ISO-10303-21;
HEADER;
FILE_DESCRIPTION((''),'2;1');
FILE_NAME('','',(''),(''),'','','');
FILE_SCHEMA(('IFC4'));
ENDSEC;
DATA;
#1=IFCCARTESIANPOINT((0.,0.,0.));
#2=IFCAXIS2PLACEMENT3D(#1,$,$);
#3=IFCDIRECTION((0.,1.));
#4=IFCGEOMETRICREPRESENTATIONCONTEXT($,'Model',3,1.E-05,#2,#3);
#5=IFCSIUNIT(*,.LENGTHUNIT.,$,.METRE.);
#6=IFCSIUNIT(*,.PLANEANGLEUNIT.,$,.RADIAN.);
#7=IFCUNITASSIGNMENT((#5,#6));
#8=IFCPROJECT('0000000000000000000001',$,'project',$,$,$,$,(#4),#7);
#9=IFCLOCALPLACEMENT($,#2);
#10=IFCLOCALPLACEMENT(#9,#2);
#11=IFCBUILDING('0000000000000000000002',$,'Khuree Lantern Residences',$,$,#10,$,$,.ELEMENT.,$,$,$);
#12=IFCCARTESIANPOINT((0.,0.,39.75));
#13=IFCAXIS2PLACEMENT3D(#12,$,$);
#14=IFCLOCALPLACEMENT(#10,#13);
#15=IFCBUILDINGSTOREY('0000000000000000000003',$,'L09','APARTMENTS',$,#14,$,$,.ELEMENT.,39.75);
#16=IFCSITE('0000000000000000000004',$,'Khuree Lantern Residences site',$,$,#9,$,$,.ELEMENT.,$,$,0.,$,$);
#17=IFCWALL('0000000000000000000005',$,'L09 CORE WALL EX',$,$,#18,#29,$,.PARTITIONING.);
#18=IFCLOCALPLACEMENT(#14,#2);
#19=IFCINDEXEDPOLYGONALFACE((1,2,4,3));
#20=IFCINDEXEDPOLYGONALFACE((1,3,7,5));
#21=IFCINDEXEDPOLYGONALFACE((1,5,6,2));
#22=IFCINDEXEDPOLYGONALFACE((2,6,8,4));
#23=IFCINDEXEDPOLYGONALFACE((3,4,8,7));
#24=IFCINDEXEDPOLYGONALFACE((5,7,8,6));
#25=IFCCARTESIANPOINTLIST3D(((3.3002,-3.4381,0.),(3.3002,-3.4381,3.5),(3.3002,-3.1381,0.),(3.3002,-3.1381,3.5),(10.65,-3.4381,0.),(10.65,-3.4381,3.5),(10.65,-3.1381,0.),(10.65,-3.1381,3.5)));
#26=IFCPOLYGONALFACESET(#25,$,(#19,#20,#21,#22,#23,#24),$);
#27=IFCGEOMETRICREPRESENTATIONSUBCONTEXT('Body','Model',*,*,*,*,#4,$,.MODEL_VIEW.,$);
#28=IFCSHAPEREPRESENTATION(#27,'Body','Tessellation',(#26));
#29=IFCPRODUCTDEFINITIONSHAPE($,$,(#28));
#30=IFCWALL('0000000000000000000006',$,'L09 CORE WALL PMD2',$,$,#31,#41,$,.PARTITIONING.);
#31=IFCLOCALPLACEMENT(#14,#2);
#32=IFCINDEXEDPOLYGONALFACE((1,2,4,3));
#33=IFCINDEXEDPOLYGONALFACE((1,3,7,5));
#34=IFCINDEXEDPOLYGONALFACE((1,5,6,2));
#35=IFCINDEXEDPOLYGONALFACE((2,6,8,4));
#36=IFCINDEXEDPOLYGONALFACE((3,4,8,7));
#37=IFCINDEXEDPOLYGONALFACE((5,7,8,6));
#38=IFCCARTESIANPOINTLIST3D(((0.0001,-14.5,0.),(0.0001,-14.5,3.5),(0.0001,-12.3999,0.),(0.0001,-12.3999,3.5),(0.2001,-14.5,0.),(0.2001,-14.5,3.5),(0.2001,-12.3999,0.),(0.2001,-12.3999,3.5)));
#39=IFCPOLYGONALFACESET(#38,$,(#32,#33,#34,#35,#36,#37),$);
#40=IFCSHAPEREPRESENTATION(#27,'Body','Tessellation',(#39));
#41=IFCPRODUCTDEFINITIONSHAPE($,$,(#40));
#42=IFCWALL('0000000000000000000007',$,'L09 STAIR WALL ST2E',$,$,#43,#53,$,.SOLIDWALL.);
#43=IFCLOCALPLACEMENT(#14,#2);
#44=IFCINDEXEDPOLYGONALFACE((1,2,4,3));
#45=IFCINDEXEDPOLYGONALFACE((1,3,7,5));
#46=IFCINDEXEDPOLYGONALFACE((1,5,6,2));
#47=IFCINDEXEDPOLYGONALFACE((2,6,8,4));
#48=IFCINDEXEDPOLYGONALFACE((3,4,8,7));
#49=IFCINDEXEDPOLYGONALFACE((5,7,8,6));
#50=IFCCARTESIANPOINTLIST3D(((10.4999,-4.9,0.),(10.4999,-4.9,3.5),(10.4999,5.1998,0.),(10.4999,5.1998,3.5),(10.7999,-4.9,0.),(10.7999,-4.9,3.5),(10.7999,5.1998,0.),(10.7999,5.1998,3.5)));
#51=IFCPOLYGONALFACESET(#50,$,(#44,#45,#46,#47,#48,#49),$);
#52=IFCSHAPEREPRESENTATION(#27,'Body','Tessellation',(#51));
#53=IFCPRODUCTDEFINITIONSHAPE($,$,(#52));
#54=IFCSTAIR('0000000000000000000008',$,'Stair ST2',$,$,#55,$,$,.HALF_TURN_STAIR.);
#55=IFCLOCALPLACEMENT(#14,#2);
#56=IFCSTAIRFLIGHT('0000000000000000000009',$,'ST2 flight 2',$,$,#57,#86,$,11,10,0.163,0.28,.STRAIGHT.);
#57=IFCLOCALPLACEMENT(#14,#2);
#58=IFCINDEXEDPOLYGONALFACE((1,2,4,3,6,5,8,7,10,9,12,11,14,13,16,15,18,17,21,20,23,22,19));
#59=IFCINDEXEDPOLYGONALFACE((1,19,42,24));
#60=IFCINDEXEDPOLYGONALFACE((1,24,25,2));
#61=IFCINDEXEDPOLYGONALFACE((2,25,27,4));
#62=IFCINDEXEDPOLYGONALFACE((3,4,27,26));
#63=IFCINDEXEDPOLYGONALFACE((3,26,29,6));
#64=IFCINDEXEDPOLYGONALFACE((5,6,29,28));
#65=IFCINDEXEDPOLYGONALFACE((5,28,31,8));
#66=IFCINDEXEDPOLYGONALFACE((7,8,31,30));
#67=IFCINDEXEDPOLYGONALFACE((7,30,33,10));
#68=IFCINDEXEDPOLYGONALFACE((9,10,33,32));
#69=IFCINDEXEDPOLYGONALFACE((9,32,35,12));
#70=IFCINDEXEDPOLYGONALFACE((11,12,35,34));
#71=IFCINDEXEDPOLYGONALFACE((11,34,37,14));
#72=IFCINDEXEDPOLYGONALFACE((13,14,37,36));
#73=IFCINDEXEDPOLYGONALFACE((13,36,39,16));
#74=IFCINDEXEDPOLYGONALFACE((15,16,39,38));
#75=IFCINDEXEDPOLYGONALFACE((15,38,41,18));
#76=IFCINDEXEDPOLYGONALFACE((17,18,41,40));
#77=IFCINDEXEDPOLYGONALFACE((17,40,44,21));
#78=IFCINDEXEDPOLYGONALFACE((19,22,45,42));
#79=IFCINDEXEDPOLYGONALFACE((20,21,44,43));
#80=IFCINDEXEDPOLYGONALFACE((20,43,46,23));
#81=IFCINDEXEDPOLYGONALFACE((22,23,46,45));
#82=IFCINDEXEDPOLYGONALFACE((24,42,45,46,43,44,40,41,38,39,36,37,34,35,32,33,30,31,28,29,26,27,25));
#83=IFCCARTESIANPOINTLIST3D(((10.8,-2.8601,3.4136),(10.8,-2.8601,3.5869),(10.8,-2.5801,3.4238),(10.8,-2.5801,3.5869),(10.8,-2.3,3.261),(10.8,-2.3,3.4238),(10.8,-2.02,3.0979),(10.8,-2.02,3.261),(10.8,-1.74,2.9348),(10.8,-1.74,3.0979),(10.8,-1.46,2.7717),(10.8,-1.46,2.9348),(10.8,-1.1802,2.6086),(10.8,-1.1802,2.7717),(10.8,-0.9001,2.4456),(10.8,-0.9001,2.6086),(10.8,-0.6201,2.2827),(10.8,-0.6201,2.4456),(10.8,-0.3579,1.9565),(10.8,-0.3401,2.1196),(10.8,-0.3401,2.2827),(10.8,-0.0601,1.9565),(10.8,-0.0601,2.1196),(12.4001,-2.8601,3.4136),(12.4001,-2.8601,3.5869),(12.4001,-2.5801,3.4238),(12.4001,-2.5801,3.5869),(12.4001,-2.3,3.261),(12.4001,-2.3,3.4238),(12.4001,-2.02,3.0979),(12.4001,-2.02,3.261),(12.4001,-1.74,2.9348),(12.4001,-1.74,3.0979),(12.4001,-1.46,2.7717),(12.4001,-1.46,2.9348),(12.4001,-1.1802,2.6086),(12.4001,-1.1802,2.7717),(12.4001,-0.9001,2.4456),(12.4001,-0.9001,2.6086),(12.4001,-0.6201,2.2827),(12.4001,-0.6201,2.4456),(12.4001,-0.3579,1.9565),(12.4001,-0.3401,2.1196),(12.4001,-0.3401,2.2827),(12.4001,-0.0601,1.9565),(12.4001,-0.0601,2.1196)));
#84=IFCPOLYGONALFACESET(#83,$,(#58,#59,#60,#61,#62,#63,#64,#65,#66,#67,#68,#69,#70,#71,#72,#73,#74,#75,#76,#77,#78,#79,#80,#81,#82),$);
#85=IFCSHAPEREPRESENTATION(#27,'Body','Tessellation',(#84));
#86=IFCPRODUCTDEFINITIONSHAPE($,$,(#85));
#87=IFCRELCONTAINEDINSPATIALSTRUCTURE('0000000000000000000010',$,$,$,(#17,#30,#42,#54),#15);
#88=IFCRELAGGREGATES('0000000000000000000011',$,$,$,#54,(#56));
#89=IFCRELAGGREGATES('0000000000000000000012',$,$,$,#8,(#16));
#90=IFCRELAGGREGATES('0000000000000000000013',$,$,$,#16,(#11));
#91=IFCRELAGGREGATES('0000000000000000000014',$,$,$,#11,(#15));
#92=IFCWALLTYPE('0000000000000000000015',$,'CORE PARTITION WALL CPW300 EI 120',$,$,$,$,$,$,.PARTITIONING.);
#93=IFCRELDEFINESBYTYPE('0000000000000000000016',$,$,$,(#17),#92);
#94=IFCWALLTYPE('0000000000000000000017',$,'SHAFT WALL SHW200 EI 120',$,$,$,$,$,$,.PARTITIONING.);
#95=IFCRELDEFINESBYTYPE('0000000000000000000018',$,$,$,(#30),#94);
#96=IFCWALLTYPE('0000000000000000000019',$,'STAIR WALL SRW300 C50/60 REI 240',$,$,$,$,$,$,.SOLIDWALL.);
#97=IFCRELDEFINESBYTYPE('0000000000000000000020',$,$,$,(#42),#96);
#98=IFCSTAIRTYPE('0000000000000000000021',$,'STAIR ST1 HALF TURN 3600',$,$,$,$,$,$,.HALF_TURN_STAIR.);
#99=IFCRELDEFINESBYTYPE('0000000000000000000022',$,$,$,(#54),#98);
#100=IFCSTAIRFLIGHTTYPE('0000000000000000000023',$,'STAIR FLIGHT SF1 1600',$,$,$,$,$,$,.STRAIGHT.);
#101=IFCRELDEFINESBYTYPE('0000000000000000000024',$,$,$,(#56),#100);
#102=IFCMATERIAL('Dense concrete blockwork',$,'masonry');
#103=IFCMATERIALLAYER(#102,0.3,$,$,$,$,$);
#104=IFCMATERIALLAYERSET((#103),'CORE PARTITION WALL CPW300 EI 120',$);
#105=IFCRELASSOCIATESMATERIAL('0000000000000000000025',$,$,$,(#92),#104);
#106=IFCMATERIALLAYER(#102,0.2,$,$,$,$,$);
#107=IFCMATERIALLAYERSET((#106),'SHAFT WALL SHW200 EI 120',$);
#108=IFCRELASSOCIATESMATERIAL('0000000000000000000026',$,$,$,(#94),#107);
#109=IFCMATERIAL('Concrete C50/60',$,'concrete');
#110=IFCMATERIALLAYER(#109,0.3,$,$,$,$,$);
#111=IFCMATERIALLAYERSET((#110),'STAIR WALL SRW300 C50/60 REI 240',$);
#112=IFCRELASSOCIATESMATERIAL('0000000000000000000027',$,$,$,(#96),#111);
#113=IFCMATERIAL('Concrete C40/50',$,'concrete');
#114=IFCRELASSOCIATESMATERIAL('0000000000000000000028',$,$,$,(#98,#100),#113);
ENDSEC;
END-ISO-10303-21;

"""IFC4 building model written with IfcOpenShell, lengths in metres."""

from ifc_helpers import new_model, si_unit, direction, frame, frame_2d, origin, place, context, subcontext, project, spatial, polyline, rectangle, outline, extrude, material, layer, layer_set, type_object, element, aggregate, save


model = new_model("IFC4")

# Units and contexts
model_context = context("Model", 3, precision=1e-05, world=origin(), true_north=direction((0.0, 1.0)))
body_context = subcontext(model_context, "Body", "Model", "MODEL_VIEW")
ifc_project = project(units=[si_unit("LENGTHUNIT", "METRE"), si_unit("PLANEANGLEUNIT", "RADIAN")], contexts=[model_context])

# Site, building, storey
site_placement = place(None, origin())
site = spatial("IfcSite", under=ifc_project, at=site_placement, Name="Khuree Lantern Residences site", CompositionType="ELEMENT", RefElevation=0.0)
building_placement = place(site_placement, origin())
building = spatial("IfcBuilding", under=site, at=building_placement, Name="Khuree Lantern Residences", CompositionType="ELEMENT")
storey_placement = place(building_placement, frame((0.0, 0.0, 39.75)))
storey = spatial("IfcBuildingStorey", under=building, at=storey_placement, Name="L09", Description="APARTMENTS", CompositionType="ELEMENT", Elevation=39.75)

# Shared definitions
ifc_material_1 = material(Name="Dense concrete blockwork", Category="masonry")
ifc_layer_1 = layer(ifc_material_1, 0.3)
ifc_layer_set_1 = layer_set([ifc_layer_1], Name="CORE PARTITION WALL CPW300 EI 120")
wall_type_1 = type_object("IfcWallType", Name="CORE PARTITION WALL CPW300 EI 120", PredefinedType="PARTITIONING", material=ifc_layer_set_1)

# Walls
wall_1_placement = place(storey_placement, frame((10.6499, -3.2881, 0.0), z_axis=(0.0, 0.0, 1.0), x_axis=(-1.0, 0.0, 0.0)))
element("IfcWall", 1, at=wall_1_placement, inside=storey, type_object=wall_type_1, Name="L09 CORE WALL EX", PredefinedType="PARTITIONING", context=body_context, shape_type="SweptSolid", body=[
    extrude(rectangle(XDim=7.3499, YDim=0.3, at=frame_2d((3.6748, 0.0))), origin(), (0.0, 0.0, 1.0), 3.5),
])
ifc_layer_2 = layer(ifc_material_1, 0.2)
ifc_layer_set_2 = layer_set([ifc_layer_2], Name="SHAFT WALL SHW200 EI 120")
wall_type_2 = type_object("IfcWallType", Name="SHAFT WALL SHW200 EI 120", PredefinedType="PARTITIONING", material=ifc_layer_set_2)
wall_2_placement = place(storey_placement, frame((0.1001, -14.5, 0.0), z_axis=(0.0, 0.0, 1.0), x_axis=(0.0, 1.0, 0.0)))
element("IfcWall", 2, at=wall_2_placement, inside=storey, type_object=wall_type_2, Name="L09 CORE WALL PMD2", PredefinedType="PARTITIONING", context=body_context, shape_type="SweptSolid", body=[
    extrude(rectangle(XDim=2.1001, YDim=0.2, at=frame_2d((1.05, 0.0))), origin(), (0.0, 0.0, 1.0), 3.5),
])
ifc_material_2 = material(Name="Concrete C50/60", Category="concrete")
ifc_layer_3 = layer(ifc_material_2, 0.3)
ifc_layer_set_3 = layer_set([ifc_layer_3], Name="STAIR WALL SRW300 C50/60 REI 240")
wall_type_3 = type_object("IfcWallType", Name="STAIR WALL SRW300 C50/60 REI 240", PredefinedType="SOLIDWALL", material=ifc_layer_set_3)
wall_3_placement = place(storey_placement, frame((10.6499, -4.8999, 0.0), z_axis=(0.0, 0.0, 1.0), x_axis=(0.0, 1.0, 0.0)))
element("IfcWall", 3, at=wall_3_placement, inside=storey, type_object=wall_type_3, Name="L09 STAIR WALL ST2E", PredefinedType="SOLIDWALL", context=body_context, shape_type="SweptSolid", body=[
    extrude(rectangle(XDim=10.0999, YDim=0.3, at=frame_2d((5.0498, 0.0))), origin(), (0.0, 0.0, 1.0), 3.5),
])

# Stair, stair flight
ifc_material_3 = material(Name="Concrete C40/50", Category="concrete")
stair_type = type_object("IfcStairType", Name="STAIR ST1 HALF TURN 3600", PredefinedType="HALF_TURN_STAIR", material=ifc_material_3)
stair_placement = place(storey_placement, origin())
stair = element("IfcStair", 4, at=stair_placement, inside=storey, type_object=stair_type, Name="Stair ST2", PredefinedType="HALF_TURN_STAIR")
stair_flight_type = type_object("IfcStairFlightType", Name="STAIR FLIGHT SF1 1600", PredefinedType="STRAIGHT", material=ifc_material_3)
stair_flight_placement = place(storey_placement, frame((11.6001, -0.0601, 1.9565), z_axis=(0.0, 0.0, 1.0), x_axis=(0.0, -1.0, 0.0)))
stair_flight = element("IfcStairFlight", 5, at=stair_flight_placement, type_object=stair_flight_type, Name="ST2 flight 2", NumberOfRisers=11, NumberOfTreads=10, PredefinedType="STRAIGHT", RiserHeight=0.163, TreadLength=0.28, context=body_context, shape_type="SweptSolid", body=[
    extrude(outline(polyline([(0.0, 0.0), (0.0, 0.1631), (0.28, 0.1631), (0.28, 0.3262), (0.5601, 0.3262), (0.5601, 0.489), (0.8401, 0.489), (0.8401, 0.6521), (1.1201, 0.6521), (1.1201, 0.8152), (1.3999, 0.8152), (1.3999, 0.9783), (1.6799, 0.9783), (1.6799, 1.1414), (1.96, 1.1414), (1.96, 1.3044), (2.24, 1.3044), (2.24, 1.4673), (2.52, 1.4673), (2.52, 1.6304), (2.8, 1.6304), (2.8, 1.7935), (2.8, 1.457), (0.2979, 0.0), (0.0, 0.0)])), frame((0.0, 0.8, 0.0), z_axis=(0.0, -1.0, 0.0), x_axis=(1.0, 0.0, 0.0)), (0.0, 0.0, 1.0), 1.6001),
])
aggregate(stair, [stair_flight])

save(model, "model.ifc")
